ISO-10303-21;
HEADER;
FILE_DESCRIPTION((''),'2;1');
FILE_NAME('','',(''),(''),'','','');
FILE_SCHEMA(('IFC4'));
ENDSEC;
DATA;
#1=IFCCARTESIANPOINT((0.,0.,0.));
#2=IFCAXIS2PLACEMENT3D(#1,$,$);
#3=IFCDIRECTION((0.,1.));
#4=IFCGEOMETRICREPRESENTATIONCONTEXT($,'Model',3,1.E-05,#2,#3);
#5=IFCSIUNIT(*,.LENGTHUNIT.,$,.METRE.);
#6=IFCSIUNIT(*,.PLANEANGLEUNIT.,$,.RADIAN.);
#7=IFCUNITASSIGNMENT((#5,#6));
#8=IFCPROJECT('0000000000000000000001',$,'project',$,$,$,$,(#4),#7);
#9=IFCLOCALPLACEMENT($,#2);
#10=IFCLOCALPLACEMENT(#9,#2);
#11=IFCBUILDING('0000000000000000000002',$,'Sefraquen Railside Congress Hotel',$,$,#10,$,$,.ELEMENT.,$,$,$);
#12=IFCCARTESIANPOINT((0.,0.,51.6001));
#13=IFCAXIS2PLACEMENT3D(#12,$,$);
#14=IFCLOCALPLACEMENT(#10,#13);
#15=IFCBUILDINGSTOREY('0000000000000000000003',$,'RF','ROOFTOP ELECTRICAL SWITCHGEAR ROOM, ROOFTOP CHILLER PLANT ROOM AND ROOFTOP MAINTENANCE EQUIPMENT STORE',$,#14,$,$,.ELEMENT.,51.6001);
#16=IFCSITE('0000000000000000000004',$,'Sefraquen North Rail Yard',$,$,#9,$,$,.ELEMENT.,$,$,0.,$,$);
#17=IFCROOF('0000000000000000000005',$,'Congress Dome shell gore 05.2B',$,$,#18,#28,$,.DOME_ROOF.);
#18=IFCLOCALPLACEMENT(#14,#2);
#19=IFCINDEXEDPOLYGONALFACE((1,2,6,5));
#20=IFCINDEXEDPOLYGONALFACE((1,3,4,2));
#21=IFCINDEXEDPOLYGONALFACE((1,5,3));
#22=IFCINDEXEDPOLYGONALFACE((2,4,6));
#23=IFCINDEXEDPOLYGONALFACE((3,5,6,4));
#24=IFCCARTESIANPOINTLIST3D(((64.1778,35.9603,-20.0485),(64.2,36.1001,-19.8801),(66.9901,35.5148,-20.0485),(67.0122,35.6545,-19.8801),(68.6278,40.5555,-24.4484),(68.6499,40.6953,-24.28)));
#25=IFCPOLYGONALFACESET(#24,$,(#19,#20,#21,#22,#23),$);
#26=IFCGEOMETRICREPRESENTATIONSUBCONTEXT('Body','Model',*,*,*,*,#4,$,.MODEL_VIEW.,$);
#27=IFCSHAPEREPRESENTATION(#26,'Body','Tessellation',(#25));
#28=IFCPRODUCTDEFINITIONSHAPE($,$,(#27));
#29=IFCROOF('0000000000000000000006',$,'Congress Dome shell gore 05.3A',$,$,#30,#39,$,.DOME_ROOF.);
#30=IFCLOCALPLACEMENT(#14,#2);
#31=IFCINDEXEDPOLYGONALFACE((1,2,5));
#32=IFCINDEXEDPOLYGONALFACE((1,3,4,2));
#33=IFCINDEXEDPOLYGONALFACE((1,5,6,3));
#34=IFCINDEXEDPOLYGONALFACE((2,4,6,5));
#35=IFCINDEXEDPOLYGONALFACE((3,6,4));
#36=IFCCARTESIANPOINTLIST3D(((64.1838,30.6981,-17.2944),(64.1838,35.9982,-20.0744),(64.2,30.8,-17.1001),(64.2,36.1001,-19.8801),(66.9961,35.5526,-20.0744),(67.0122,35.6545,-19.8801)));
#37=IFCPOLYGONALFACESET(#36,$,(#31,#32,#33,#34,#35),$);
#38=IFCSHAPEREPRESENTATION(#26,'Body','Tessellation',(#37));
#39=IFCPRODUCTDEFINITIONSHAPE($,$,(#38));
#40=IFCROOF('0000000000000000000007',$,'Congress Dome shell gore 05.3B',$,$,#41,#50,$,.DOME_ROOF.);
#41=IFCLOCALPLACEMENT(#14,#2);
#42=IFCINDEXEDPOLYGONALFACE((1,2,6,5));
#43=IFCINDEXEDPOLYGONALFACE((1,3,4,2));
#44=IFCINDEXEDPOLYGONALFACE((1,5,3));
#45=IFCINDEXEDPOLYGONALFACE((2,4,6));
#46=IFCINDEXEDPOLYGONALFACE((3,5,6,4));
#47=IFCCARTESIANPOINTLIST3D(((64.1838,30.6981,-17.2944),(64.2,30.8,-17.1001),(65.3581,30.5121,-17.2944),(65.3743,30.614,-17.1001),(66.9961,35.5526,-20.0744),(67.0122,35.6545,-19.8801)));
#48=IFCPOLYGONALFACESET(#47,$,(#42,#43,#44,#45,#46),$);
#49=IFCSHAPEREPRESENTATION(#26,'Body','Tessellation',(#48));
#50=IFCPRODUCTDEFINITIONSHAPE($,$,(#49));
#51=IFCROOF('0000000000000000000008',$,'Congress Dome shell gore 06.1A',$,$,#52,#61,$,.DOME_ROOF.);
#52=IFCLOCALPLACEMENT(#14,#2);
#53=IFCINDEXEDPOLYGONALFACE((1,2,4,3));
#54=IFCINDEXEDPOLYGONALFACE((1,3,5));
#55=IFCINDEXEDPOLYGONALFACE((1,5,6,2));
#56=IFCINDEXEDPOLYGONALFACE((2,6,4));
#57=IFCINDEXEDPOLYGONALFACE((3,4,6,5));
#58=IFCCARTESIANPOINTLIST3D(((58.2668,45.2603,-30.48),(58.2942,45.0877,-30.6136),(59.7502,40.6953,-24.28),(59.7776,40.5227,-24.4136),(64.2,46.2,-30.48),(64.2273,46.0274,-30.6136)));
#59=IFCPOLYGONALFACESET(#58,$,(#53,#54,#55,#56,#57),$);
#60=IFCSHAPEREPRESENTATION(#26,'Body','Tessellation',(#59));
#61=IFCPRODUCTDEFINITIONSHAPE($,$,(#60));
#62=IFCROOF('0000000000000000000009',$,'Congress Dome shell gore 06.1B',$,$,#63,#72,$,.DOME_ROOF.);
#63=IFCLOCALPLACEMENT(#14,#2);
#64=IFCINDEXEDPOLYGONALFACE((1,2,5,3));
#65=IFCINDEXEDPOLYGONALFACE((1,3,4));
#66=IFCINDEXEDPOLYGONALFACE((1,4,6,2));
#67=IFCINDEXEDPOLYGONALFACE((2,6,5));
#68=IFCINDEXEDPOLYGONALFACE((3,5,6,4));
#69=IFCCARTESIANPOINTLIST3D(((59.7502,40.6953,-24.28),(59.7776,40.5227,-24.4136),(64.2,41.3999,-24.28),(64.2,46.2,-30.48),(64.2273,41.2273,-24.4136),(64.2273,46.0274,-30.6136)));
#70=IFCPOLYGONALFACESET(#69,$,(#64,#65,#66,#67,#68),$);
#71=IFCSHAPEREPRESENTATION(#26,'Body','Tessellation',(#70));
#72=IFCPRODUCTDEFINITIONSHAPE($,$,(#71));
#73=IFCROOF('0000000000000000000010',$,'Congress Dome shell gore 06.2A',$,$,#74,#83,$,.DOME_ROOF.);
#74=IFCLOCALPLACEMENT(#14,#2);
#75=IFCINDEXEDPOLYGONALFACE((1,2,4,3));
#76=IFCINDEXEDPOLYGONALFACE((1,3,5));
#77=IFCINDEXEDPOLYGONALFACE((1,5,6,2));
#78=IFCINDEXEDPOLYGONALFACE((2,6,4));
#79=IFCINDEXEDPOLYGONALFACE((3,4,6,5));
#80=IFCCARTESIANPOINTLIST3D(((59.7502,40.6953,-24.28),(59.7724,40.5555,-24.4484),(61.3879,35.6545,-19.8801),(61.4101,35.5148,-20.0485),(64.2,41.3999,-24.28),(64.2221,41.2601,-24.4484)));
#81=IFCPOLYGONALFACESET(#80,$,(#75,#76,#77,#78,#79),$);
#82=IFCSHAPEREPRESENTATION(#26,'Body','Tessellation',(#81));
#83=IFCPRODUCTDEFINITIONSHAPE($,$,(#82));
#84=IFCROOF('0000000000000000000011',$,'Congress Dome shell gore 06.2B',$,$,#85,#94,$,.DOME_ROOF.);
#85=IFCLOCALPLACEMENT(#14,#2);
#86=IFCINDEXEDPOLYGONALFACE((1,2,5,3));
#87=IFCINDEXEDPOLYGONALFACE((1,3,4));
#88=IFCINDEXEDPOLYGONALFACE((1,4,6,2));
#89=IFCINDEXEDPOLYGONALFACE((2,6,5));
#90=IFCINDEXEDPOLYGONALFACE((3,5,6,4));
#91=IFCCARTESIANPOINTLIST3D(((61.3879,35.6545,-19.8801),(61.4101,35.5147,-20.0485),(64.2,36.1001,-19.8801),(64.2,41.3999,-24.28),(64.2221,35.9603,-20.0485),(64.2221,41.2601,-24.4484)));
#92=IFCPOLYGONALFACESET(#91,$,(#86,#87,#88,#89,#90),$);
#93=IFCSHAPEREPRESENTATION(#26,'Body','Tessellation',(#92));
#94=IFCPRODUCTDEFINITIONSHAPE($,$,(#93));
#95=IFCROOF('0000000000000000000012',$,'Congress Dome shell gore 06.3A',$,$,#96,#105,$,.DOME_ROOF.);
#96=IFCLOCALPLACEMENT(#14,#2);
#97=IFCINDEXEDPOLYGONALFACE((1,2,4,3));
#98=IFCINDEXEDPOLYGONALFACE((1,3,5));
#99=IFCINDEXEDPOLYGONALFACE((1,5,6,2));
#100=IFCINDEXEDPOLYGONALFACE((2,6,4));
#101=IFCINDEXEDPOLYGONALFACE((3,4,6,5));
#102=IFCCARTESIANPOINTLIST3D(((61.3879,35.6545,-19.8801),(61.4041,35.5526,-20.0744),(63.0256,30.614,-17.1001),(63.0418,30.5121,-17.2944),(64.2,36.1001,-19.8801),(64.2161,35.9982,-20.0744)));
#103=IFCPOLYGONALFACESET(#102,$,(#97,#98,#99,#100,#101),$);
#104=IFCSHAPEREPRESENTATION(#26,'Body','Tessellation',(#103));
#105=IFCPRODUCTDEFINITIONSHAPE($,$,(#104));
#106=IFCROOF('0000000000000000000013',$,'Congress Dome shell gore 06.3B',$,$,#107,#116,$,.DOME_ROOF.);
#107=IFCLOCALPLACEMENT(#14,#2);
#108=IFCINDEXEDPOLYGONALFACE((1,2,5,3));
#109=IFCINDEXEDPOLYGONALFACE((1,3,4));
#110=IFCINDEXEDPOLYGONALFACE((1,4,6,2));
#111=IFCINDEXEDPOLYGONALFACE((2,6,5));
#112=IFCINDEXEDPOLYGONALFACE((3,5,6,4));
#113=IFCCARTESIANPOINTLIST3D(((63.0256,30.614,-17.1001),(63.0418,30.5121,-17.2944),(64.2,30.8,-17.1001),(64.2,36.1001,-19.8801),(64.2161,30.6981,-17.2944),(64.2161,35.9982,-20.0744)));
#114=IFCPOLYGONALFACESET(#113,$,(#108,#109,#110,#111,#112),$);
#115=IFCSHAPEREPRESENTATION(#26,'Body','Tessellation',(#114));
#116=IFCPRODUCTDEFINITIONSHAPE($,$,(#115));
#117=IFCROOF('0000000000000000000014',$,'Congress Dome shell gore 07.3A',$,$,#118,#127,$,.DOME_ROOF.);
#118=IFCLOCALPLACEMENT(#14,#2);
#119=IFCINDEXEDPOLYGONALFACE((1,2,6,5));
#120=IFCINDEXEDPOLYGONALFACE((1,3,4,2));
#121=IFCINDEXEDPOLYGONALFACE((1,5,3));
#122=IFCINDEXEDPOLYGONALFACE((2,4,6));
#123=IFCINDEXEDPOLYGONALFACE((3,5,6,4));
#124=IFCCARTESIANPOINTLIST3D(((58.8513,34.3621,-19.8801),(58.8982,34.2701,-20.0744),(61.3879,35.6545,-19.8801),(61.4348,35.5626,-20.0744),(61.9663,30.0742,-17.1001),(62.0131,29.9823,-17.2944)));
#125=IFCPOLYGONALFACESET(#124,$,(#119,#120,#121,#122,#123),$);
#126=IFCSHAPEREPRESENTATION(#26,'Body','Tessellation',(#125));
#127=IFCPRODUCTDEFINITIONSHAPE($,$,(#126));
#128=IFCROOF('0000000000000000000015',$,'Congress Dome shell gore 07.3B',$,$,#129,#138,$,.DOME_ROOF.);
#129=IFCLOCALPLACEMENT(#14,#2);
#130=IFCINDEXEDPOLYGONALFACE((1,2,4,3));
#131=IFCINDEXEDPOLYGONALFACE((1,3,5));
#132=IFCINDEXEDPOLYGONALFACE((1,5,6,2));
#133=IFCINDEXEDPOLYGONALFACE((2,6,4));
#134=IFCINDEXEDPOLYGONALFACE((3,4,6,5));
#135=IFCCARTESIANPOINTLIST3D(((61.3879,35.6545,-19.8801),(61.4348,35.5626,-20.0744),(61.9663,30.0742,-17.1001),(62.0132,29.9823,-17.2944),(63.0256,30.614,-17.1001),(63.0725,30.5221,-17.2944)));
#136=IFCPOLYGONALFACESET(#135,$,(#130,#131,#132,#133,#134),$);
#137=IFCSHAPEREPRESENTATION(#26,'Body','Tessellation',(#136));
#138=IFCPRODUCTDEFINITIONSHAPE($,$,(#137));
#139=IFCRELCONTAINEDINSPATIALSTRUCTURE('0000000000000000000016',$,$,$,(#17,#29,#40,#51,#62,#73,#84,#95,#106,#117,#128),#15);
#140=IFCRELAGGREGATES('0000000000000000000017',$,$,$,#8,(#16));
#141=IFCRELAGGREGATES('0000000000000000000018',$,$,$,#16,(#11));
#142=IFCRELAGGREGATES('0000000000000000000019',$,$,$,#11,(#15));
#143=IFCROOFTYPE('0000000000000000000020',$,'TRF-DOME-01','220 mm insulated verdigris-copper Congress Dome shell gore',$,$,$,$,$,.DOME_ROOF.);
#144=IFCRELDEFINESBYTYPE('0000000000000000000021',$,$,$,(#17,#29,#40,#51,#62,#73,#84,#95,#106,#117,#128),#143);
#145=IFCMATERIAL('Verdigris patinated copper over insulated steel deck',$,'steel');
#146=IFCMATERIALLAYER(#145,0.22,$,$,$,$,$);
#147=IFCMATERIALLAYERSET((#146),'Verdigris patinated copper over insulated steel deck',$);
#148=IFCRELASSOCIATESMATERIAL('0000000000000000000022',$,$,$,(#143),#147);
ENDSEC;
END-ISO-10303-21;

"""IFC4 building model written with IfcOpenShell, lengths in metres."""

from ifc_helpers import new_model, si_unit, direction, frame, origin, place, context, subcontext, project, spatial, polyline, outline, extrude, material, layer, layer_set, type_object, element, save


model = new_model("IFC4")

# Units and contexts
model_context = context("Model", 3, precision=1e-05, world=origin(), true_north=direction((0.0, 1.0)))
body_context = subcontext(model_context, "Body", "Model", "MODEL_VIEW")
ifc_project = project(units=[si_unit("LENGTHUNIT", "METRE"), si_unit("PLANEANGLEUNIT", "RADIAN")], contexts=[model_context])

# Site, building, storey
site_placement = place(None, origin())
site = spatial("IfcSite", under=ifc_project, at=site_placement, Name="Sefraquen North Rail Yard", CompositionType="ELEMENT", RefElevation=0.0)
building_placement = place(site_placement, origin())
building = spatial("IfcBuilding", under=site, at=building_placement, Name="Sefraquen Railside Congress Hotel", CompositionType="ELEMENT")
storey_placement = place(building_placement, frame((0.0, 0.0, 51.6001)))
storey = spatial("IfcBuildingStorey", under=building, at=storey_placement, Name="RF", Description="ROOFTOP ELECTRICAL SWITCHGEAR ROOM, ROOFTOP CHILLER PLANT ROOM AND ROOFTOP MAINTENANCE EQUIPMENT STORE", CompositionType="ELEMENT", Elevation=51.6001)

# Roofs
ifc_material_1 = material(Name="Verdigris patinated copper over insulated steel deck", Category="steel")
ifc_layer = layer(ifc_material_1, 0.22)
ifc_layer_set = layer_set([ifc_layer], Name="Verdigris patinated copper over insulated steel deck")
roof_type = type_object("IfcRoofType", Name="TRF-DOME-01", Description="220 mm insulated verdigris-copper Congress Dome shell gore", PredefinedType="DOME_ROOF", material=ifc_layer_set)
roof_1_placement = place(storey_placement, frame((68.6499, 40.6953, -24.28), z_axis=(0.100682, 0.635484, 0.765521), x_axis=(-0.573164, -0.591874, 0.566717)))
element("IfcRoof", 1, at=roof_1_placement, inside=storey, type_object=roof_type, Name="Congress Dome shell gore 05.2B", PredefinedType="DOME_ROOF", context=body_context, shape_type="SweptSolid", body=[
    extrude(outline(polyline([(0.0, 0.0), (7.7638, 0.0), (6.4157, 2.5079), (0.0, 0.0)])), origin(), (0.0, 0.0, -1.0), 0.22),
])
roof_2_placement = place(storey_placement, frame((67.0122, 35.6545, -19.8801), z_axis=(0.073395, 0.463254, 0.883181), x_axis=(-0.987681, 0.156482, 0.0)))
element("IfcRoof", 2, at=roof_2_placement, inside=storey, type_object=roof_type, Name="Congress Dome shell gore 05.3A", PredefinedType="DOME_ROOF", context=body_context, shape_type="SweptSolid", body=[
    extrude(outline(polyline([(0.0, 0.0), (2.8473, 0.0), (2.018, 5.9272), (0.0, 0.0)])), origin(), (0.0, 0.0, -1.0), 0.22),
])
roof_3_placement = place(storey_placement, frame((67.0122, 35.6545, -19.8801), z_axis=(0.073389, 0.463257, 0.88318), x_axis=(-0.449151, -0.775321, 0.444004)))
element("IfcRoof", 3, at=roof_3_placement, inside=storey, type_object=roof_type, Name="Congress Dome shell gore 05.3B", PredefinedType="DOME_ROOF", context=body_context, shape_type="SweptSolid", body=[
    extrude(outline(polyline([(0.0, 0.0), (6.2613, 0.0), (5.8781, 1.1255), (0.0, 0.0)])), origin(), (0.0, 0.0, -1.0), 0.22),
])
roof_4_placement = place(storey_placement, frame((64.2, 46.2, -30.48), z_axis=(-0.124266, 0.784599, 0.607422), x_axis=(-0.987689, -0.156432, 0.0)))
element("IfcRoof", 4, at=roof_4_placement, inside=storey, type_object=roof_type, Name="Congress Dome shell gore 06.1A", PredefinedType="DOME_ROOF", context=body_context, shape_type="SweptSolid", body=[
    extrude(outline(polyline([(0.0, 0.0), (6.0071, 0.0), (5.256, 7.8048), (0.0, 0.0)])), origin(), (0.0, 0.0, -1.0), 0.22),
])
roof_5_placement = place(storey_placement, frame((64.2, 46.2, -30.48), z_axis=(-0.124236, 0.784592, 0.607437), x_axis=(-0.472891, -0.585003, 0.658897)))
element("IfcRoof", 5, at=roof_5_placement, inside=storey, type_object=roof_type, Name="Congress Dome shell gore 06.1B", PredefinedType="DOME_ROOF", context=body_context, shape_type="SweptSolid", body=[
    extrude(outline(polyline([(0.0, 0.0), (9.4096, 0.0), (6.8932, 3.7368), (0.0, 0.0)])), origin(), (0.0, 0.0, -1.0), 0.22),
])
roof_6_placement = place(storey_placement, frame((64.2, 41.3999, -24.28), z_axis=(-0.100628, 0.635498, 0.765517), x_axis=(-0.987694, -0.156397, 0.0)))
element("IfcRoof", 6, at=roof_6_placement, inside=storey, type_object=roof_type, Name="Congress Dome shell gore 06.2A", PredefinedType="DOME_ROOF", context=body_context, shape_type="SweptSolid", body=[
    extrude(outline(polyline([(0.0, 0.0), (4.5051, 0.0), (3.676, 6.8383), (0.0, 0.0)])), origin(), (0.0, 0.0, -1.0), 0.22),
])
roof_7_placement = place(storey_placement, frame((64.2, 41.3999, -24.28), z_axis=(-0.100696, 0.635514, 0.765495), x_axis=(-0.362198, -0.740025, 0.566724)))
element("IfcRoof", 7, at=roof_7_placement, inside=storey, type_object=roof_type, Name="Congress Dome shell gore 06.2B", PredefinedType="DOME_ROOF", context=body_context, shape_type="SweptSolid", body=[
    extrude(outline(polyline([(0.0, 0.0), (7.7637, 0.0), (6.4155, 2.5076), (0.0, 0.0)])), origin(), (0.0, 0.0, -1.0), 0.22),
])
roof_8_placement = place(storey_placement, frame((64.2, 36.1001, -19.8801), z_axis=(-0.073402, 0.463256, 0.883179), x_axis=(-0.987679, -0.156495, 0.0)))
element("IfcRoof", 8, at=roof_8_placement, inside=storey, type_object=roof_type, Name="Congress Dome shell gore 06.3A", PredefinedType="DOME_ROOF", context=body_context, shape_type="SweptSolid", body=[
    extrude(outline(polyline([(0.0, 0.0), (2.8471, 0.0), (2.0184, 5.9271), (0.0, 0.0)])), origin(), (0.0, 0.0, -1.0), 0.22),
])
roof_9_placement = place(storey_placement, frame((64.2, 36.1001, -19.8801), z_axis=(-0.073389, 0.463254, 0.883181), x_axis=(-0.18755, -0.87618, 0.443997)))
element("IfcRoof", 9, at=roof_9_placement, inside=storey, type_object=roof_type, Name="Congress Dome shell gore 06.3B", PredefinedType="DOME_ROOF", context=body_context, shape_type="SweptSolid", body=[
    extrude(outline(polyline([(0.0, 0.0), (6.2614, 0.0), (5.8781, 1.1255), (0.0, 0.0)])), origin(), (0.0, 0.0, -1.0), 0.22),
])
roof_10_placement = place(storey_placement, frame((61.3879, 35.6545, -19.8801), z_axis=(-0.21294, 0.417915, 0.883178), x_axis=(-0.891005, -0.453993, 0.0)))
element("IfcRoof", 10, at=roof_10_placement, inside=storey, type_object=roof_type, Name="Congress Dome shell gore 07.3A", PredefinedType="DOME_ROOF", context=body_context, shape_type="SweptSolid", body=[
    extrude(outline(polyline([(0.0, 0.0), (2.8469, 0.0), (2.0181, 5.9271), (0.0, 0.0)])), origin(), (0.0, 0.0, -1.0), 0.22),
])
roof_11_placement = place(storey_placement, frame((61.3879, 35.6545, -19.8801), z_axis=(-0.212954, 0.417913, 0.883176), x_axis=(0.092373, -0.891249, 0.444007)))
element("IfcRoof", 11, at=roof_11_placement, inside=storey, type_object=roof_type, Name="Congress Dome shell gore 07.3B", PredefinedType="DOME_ROOF", context=body_context, shape_type="SweptSolid", body=[
    extrude(outline(polyline([(0.0, 0.0), (6.2612, 0.0), (5.878, 1.1255), (0.0, 0.0)])), origin(), (0.0, 0.0, -1.0), 0.22),
])

save(model, "model.ifc")
